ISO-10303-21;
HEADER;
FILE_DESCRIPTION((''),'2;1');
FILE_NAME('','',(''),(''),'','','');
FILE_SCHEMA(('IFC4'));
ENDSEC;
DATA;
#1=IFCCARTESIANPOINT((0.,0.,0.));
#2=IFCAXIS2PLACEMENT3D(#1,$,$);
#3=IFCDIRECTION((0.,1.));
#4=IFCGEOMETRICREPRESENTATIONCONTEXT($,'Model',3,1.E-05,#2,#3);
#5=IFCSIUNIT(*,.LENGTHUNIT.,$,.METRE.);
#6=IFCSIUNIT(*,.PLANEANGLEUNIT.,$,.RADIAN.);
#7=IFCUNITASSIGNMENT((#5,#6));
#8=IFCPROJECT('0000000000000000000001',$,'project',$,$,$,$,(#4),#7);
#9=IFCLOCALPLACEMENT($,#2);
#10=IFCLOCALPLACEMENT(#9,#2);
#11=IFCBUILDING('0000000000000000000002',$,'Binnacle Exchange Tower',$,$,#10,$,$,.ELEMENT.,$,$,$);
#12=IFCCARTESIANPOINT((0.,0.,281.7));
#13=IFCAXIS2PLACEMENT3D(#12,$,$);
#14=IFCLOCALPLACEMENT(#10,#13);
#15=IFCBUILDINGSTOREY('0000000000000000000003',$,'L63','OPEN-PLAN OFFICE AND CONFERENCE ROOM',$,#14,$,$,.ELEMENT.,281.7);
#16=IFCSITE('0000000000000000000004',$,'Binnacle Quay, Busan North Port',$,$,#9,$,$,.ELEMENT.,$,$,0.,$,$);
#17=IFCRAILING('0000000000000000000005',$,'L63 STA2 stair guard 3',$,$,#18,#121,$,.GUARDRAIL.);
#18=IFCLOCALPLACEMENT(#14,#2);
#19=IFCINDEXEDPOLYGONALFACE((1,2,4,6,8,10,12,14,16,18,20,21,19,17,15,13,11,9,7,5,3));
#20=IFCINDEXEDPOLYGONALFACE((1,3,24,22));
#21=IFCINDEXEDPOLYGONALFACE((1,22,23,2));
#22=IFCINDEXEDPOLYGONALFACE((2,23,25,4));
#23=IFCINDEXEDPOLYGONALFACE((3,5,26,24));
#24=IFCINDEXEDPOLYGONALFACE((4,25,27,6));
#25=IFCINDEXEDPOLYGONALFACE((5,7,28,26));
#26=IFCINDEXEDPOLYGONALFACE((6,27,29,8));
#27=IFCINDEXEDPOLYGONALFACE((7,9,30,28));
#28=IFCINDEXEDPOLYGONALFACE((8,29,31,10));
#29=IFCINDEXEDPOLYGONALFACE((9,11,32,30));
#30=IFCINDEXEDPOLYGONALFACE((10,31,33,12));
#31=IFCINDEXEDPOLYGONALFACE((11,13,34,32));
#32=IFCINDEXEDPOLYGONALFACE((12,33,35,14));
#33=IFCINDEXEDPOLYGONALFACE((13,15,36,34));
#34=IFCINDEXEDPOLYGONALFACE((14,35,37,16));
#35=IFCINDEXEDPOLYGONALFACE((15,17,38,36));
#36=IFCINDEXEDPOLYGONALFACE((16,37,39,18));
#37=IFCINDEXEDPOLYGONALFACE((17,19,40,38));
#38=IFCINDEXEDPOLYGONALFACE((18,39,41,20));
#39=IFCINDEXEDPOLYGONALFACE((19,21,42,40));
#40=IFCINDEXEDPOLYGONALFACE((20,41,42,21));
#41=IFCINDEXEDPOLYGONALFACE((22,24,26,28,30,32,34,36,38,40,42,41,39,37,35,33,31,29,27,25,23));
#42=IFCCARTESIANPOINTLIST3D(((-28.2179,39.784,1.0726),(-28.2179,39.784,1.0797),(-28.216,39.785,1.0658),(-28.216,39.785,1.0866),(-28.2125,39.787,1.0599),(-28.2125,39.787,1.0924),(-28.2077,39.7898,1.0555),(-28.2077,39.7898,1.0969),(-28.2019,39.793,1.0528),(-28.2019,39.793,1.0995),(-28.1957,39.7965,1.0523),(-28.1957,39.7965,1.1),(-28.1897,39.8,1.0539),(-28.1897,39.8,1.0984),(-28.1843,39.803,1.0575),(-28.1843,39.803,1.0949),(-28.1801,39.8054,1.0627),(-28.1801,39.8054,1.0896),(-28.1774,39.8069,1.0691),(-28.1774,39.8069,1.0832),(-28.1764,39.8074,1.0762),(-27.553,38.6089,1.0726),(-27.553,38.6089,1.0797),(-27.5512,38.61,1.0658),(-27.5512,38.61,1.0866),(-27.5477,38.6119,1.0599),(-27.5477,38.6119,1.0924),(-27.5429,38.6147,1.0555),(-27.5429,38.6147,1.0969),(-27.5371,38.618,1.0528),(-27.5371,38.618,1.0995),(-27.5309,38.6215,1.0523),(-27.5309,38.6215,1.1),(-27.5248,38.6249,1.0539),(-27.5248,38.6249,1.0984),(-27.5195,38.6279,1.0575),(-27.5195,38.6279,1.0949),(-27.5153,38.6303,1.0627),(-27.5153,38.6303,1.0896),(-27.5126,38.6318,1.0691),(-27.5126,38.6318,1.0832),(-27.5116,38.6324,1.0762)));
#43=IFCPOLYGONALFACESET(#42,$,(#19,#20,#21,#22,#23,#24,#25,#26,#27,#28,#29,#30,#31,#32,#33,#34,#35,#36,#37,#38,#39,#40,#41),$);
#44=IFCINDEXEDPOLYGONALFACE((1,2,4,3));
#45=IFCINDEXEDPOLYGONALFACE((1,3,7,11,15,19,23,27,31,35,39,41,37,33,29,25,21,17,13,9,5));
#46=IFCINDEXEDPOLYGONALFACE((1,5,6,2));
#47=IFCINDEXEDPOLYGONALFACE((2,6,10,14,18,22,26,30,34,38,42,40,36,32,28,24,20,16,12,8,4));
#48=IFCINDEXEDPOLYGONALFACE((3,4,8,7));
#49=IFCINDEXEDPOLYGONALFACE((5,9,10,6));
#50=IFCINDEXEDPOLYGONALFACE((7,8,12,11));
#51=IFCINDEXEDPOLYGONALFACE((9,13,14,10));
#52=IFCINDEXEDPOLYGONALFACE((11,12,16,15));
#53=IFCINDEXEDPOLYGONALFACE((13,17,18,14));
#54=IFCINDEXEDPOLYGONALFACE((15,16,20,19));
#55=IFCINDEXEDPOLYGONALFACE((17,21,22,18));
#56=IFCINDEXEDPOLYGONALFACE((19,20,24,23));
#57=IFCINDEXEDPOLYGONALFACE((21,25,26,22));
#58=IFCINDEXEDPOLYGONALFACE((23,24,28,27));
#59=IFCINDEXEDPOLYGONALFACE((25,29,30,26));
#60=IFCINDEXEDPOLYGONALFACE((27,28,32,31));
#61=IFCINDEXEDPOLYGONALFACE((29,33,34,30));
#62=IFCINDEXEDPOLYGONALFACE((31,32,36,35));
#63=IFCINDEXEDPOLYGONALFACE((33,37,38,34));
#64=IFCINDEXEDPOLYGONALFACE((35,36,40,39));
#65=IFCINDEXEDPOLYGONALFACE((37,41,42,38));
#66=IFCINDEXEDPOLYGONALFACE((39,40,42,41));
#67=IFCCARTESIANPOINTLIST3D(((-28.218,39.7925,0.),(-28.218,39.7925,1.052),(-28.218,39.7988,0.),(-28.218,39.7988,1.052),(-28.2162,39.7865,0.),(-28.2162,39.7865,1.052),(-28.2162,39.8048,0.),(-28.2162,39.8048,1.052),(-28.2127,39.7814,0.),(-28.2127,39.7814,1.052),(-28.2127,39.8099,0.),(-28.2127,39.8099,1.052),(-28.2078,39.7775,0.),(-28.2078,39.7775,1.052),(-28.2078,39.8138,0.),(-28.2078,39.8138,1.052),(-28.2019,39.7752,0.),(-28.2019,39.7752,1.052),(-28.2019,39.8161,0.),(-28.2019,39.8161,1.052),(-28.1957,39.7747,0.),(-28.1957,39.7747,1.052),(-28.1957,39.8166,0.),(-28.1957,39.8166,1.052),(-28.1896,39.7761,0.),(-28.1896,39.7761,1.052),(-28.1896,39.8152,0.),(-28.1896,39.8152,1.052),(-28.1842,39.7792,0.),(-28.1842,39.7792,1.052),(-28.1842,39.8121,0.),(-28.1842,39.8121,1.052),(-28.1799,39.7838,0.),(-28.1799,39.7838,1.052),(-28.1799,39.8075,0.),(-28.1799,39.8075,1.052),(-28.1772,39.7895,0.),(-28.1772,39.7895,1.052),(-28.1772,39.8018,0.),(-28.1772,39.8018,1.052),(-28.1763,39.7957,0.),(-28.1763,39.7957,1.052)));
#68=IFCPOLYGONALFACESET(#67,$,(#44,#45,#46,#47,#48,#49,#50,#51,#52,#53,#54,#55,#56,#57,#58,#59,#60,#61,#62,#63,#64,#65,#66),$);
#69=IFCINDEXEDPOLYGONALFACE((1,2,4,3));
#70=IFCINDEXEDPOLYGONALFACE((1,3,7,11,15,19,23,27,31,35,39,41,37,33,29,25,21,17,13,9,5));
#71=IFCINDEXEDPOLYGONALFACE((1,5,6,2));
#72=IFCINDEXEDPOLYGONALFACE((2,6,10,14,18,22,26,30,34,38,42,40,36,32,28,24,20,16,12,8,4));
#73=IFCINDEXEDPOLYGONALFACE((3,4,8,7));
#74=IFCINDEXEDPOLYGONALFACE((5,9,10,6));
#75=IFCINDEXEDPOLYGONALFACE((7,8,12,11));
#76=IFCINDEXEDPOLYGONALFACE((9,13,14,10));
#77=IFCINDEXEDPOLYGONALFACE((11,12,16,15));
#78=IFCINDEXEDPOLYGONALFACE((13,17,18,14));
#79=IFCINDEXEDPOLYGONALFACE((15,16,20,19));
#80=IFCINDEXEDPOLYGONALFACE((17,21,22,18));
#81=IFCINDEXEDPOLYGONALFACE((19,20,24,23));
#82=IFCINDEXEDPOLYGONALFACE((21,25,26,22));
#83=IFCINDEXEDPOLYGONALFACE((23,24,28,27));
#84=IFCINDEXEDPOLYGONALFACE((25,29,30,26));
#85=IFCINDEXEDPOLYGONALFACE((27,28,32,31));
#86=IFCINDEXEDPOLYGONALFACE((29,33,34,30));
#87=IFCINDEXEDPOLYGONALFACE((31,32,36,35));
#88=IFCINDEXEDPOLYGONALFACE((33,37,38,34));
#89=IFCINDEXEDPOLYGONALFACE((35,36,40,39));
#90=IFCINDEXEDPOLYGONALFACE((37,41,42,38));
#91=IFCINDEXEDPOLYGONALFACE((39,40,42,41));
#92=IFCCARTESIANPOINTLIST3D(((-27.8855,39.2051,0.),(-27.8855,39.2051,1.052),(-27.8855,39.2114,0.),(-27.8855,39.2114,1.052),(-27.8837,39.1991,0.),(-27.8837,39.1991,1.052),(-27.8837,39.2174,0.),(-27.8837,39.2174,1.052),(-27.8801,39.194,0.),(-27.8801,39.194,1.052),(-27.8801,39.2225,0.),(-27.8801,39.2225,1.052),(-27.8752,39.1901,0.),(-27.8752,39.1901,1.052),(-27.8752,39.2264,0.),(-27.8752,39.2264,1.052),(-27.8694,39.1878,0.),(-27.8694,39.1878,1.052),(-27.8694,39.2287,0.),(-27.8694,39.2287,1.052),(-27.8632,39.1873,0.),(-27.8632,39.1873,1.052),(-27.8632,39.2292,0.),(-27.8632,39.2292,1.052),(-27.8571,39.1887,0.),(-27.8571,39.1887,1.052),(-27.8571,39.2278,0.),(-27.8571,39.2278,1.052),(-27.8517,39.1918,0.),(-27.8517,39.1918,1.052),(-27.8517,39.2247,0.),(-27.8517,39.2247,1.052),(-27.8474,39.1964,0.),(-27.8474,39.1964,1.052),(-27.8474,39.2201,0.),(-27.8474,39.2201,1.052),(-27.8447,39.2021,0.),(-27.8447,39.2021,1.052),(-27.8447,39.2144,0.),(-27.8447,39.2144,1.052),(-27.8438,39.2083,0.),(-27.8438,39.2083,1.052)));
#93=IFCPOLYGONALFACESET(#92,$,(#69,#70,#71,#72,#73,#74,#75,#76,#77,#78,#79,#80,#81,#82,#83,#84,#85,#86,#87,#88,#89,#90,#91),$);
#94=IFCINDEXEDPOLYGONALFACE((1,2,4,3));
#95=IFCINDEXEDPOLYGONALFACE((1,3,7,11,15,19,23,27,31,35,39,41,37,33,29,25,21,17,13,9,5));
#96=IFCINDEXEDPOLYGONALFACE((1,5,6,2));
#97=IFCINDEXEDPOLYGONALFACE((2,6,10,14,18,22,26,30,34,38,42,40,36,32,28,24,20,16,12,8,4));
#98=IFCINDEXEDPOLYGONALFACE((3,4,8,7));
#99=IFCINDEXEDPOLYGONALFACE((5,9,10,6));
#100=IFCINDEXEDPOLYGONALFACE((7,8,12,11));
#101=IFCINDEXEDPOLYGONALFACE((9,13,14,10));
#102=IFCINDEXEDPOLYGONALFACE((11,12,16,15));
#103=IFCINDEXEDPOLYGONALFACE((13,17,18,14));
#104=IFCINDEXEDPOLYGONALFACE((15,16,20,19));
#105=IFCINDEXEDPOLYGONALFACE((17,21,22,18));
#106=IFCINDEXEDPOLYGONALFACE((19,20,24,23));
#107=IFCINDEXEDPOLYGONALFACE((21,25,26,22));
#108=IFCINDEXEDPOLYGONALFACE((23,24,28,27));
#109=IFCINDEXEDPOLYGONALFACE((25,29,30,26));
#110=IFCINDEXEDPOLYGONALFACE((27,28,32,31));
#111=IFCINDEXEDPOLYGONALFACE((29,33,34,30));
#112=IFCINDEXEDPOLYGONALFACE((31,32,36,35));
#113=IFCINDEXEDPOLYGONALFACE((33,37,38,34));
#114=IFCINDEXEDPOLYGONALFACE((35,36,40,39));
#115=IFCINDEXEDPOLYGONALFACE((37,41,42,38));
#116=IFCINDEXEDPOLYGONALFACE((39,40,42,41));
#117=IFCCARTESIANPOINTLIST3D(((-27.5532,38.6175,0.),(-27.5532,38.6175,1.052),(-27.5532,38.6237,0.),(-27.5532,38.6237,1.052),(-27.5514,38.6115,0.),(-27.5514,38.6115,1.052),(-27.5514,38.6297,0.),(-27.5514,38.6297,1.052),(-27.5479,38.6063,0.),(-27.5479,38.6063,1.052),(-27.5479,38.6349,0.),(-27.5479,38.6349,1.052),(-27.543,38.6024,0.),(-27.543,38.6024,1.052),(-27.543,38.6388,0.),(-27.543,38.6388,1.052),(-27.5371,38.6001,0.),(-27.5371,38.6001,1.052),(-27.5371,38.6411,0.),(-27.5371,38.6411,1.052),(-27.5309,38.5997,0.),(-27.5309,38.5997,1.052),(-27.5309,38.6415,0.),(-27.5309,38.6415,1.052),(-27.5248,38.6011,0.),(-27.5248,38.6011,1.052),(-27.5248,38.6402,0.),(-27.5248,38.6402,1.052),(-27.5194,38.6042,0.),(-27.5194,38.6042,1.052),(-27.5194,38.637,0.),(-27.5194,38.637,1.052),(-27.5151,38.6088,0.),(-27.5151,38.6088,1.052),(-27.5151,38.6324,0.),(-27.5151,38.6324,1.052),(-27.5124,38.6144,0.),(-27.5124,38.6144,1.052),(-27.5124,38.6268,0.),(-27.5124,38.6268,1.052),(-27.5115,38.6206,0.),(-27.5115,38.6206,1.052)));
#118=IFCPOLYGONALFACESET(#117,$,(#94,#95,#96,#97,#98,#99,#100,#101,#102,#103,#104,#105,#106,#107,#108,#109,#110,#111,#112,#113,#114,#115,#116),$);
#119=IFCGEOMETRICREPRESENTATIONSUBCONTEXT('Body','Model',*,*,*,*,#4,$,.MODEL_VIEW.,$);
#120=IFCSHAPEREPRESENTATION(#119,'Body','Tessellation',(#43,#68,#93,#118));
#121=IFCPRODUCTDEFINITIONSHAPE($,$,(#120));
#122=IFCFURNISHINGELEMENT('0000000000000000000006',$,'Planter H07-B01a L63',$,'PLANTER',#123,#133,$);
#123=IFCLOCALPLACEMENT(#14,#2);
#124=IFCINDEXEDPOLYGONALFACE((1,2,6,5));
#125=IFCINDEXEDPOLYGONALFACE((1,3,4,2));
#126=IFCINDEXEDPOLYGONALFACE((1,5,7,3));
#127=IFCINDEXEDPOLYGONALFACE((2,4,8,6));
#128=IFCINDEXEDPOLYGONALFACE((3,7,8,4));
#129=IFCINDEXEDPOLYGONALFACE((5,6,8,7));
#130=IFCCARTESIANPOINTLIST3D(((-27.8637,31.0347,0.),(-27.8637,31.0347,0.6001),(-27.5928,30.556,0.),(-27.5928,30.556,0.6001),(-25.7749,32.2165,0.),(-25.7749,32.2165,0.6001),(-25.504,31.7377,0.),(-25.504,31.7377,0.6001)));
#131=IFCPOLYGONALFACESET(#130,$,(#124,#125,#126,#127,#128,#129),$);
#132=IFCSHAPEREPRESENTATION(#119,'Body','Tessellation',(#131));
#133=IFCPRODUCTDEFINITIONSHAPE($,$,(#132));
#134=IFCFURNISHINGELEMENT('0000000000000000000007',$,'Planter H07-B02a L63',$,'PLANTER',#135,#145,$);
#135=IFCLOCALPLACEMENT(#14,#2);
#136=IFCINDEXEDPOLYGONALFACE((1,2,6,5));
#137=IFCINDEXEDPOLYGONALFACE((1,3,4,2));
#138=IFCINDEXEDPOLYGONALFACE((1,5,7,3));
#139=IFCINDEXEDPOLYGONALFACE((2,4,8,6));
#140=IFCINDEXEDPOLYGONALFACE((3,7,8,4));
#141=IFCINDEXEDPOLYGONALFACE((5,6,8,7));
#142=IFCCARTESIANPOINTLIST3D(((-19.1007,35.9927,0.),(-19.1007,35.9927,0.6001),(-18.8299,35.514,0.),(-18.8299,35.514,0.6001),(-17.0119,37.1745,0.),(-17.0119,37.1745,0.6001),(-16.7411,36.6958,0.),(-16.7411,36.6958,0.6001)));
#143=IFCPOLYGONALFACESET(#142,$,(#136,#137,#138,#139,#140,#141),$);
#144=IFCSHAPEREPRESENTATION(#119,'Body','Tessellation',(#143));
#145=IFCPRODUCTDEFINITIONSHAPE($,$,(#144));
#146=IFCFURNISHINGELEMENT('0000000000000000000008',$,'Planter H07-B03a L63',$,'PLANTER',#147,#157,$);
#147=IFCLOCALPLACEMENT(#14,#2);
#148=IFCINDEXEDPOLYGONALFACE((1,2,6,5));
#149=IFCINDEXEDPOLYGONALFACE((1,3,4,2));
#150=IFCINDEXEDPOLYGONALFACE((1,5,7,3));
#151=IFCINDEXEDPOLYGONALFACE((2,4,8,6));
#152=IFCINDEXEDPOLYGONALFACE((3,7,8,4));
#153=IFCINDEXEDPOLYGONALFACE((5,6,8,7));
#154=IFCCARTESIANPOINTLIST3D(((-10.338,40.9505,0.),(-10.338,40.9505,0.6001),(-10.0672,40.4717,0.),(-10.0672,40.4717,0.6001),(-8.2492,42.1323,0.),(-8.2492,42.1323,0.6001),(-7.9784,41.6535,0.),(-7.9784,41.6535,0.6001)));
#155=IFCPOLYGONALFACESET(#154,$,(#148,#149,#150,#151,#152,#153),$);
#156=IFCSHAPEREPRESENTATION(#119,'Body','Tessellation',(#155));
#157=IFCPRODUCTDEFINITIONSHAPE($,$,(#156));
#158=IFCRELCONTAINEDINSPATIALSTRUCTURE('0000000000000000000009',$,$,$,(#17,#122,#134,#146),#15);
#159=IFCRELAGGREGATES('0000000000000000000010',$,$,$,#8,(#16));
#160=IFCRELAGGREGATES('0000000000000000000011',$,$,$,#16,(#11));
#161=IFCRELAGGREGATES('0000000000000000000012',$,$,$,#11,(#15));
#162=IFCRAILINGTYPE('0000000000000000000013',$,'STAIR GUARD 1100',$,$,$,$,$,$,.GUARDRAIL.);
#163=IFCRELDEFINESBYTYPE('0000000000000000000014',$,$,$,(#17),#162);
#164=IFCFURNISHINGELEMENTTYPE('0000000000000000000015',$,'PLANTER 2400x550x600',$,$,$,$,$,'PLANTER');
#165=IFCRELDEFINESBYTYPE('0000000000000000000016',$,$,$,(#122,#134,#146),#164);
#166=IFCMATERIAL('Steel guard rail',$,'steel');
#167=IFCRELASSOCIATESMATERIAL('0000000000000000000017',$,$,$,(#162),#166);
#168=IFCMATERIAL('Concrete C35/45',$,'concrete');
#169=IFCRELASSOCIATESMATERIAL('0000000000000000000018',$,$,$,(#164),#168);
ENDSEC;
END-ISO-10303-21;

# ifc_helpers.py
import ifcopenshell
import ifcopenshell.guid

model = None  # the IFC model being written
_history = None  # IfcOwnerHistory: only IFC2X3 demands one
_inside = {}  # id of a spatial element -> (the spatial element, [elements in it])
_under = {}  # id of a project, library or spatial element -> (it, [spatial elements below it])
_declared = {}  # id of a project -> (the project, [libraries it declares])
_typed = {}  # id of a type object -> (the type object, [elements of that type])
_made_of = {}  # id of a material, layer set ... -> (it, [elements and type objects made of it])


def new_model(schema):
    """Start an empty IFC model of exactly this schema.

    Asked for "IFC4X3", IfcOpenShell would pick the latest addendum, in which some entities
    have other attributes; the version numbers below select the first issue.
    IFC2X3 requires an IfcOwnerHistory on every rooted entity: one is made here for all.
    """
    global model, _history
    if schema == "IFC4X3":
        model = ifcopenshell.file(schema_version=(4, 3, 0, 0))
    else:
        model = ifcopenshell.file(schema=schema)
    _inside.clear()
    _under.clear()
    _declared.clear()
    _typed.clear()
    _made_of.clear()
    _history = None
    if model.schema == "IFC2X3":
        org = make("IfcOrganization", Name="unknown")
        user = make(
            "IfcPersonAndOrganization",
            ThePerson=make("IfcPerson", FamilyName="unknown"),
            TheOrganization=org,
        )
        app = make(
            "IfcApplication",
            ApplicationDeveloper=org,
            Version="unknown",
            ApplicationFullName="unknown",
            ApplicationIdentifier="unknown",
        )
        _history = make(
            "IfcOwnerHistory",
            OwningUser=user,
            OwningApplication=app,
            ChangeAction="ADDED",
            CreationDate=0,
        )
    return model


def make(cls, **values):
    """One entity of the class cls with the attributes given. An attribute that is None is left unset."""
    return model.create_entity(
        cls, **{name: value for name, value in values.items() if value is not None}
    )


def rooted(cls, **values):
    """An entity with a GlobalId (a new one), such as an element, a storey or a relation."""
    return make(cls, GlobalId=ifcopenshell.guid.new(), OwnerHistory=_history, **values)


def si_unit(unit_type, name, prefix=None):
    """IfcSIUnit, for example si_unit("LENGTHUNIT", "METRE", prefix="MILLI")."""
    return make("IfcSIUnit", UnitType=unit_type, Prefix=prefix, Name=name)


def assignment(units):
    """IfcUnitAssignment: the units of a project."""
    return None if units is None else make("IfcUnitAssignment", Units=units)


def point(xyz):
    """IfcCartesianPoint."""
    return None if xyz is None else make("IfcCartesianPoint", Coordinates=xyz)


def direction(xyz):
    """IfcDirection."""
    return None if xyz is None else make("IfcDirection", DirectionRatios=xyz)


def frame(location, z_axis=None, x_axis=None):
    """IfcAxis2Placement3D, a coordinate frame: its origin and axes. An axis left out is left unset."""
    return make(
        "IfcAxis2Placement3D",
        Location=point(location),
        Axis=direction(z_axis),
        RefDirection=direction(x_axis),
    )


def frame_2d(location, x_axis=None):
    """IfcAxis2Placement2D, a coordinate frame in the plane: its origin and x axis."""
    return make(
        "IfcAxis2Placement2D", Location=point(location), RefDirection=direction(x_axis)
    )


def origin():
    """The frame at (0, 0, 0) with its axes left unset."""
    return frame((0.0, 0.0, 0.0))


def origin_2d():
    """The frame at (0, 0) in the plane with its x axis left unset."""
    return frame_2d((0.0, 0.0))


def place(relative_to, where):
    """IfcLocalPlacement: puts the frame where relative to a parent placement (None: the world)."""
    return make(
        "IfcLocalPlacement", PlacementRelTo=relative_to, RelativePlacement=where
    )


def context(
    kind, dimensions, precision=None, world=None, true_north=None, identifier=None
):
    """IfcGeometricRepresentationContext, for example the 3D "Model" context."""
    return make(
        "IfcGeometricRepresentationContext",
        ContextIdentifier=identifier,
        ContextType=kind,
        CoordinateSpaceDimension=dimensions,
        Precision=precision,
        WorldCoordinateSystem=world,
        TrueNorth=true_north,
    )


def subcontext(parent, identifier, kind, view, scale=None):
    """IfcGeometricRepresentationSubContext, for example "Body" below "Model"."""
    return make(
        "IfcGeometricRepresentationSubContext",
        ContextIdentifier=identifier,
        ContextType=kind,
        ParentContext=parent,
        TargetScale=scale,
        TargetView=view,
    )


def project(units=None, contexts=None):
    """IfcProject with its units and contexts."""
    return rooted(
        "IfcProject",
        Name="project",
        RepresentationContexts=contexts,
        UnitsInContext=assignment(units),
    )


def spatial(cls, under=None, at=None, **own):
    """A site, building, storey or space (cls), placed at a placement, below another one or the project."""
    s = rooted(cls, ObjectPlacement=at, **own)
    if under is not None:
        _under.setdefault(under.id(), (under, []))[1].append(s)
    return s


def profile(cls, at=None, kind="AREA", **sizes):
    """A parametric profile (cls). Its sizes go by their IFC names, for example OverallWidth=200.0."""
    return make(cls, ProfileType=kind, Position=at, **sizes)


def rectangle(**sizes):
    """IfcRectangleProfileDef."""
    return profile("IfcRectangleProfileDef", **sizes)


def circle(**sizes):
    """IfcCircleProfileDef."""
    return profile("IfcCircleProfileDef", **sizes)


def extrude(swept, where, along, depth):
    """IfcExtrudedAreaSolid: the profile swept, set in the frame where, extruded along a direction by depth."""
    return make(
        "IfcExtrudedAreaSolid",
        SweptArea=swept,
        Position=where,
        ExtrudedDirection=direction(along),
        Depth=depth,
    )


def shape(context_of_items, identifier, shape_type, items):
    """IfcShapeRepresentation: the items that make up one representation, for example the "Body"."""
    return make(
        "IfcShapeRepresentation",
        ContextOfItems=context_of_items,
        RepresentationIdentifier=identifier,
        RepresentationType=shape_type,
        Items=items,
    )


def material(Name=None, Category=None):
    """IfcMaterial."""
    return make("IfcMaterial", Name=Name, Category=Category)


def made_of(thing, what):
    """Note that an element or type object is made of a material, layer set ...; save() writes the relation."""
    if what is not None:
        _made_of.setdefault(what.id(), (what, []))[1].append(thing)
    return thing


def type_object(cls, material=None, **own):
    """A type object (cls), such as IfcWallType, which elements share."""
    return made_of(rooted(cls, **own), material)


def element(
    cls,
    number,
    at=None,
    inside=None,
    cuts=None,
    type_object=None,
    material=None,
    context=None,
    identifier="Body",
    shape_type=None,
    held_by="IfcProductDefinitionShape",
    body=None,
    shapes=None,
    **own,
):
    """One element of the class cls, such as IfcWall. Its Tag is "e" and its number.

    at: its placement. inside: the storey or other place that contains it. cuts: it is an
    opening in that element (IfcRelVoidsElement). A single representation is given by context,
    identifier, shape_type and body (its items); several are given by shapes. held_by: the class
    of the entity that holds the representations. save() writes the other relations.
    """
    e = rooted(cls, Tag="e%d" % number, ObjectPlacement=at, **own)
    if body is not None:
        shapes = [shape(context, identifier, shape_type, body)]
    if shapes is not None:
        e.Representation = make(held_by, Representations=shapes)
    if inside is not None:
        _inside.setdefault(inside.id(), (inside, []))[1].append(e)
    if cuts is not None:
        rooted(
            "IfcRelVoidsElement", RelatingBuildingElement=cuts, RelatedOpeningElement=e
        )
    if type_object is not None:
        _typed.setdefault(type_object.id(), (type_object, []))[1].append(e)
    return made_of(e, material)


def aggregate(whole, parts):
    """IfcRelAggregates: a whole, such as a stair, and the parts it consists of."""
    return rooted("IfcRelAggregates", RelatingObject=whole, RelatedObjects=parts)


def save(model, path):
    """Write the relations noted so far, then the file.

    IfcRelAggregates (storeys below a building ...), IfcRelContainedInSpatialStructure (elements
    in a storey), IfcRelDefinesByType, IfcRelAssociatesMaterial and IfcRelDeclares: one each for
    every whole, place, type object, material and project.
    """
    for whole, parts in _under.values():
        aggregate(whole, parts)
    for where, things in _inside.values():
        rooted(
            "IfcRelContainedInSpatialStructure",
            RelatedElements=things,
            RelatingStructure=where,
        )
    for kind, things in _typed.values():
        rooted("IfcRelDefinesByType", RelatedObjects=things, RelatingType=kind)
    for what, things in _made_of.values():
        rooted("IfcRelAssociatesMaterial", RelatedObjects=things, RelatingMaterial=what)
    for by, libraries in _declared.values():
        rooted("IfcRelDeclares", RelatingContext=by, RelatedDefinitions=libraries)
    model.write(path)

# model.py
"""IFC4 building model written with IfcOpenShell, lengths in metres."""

from ifc_helpers import new_model, si_unit, direction, frame, origin, origin_2d, place, context, subcontext, project, spatial, rectangle, circle, extrude, material, type_object, element, save


model = new_model("IFC4")

# Units and contexts
model_context = context("Model", 3, precision=1e-05, world=origin(), true_north=direction((0.0, 1.0)))
body_context = subcontext(model_context, "Body", "Model", "MODEL_VIEW")
ifc_project = project(units=[si_unit("LENGTHUNIT", "METRE"), si_unit("PLANEANGLEUNIT", "RADIAN")], contexts=[model_context])

# Site, building, storey
site_placement = place(None, origin())
site = spatial("IfcSite", under=ifc_project, at=site_placement, Name="Binnacle Quay, Busan North Port", CompositionType="ELEMENT", RefElevation=0.0)
building_placement = place(site_placement, origin())
building = spatial("IfcBuilding", under=site, at=building_placement, Name="Binnacle Exchange Tower", CompositionType="ELEMENT")
storey_placement = place(building_placement, frame((0.0, 0.0, 281.7)))
storey = spatial("IfcBuildingStorey", under=building, at=storey_placement, Name="L63", Description="OPEN-PLAN OFFICE AND CONFERENCE ROOM", CompositionType="ELEMENT", Elevation=281.7)

# Shared definitions
ifc_material_1 = material(Name="Concrete C35/45", Category="concrete")

# Railing
ifc_material_2 = material(Name="Steel guard rail", Category="steel")
railing_type_1 = type_object("IfcRailingType", Name="STAIR GUARD 1100", PredefinedType="GUARDRAIL", material=ifc_material_2)
railing_1_placement = place(storey_placement, frame((-28.1973, 39.7957, 0.0)))
element("IfcRailing", 1, at=railing_1_placement, inside=storey, type_object=railing_type_1, Name="L63 STA2 stair guard 3", PredefinedType="GUARDRAIL", context=body_context, shape_type="SweptSolid", body=[
    extrude(circle(Radius=0.0239, at=origin_2d()), frame((0.0, 0.0, 1.0762), z_axis=(0.492415, -0.870361, 0.0), x_axis=(0.870361, 0.492415, 0.0)), (0.0, 0.0, 1.0), 1.3501),
    extrude(circle(Radius=0.021, at=origin_2d()), origin(), (0.0, 0.0, 1.0), 1.052),
    extrude(circle(Radius=0.021, at=origin_2d()), frame((0.3325, -0.5874, 0.0)), (0.0, 0.0, 1.0), 1.052),
    extrude(circle(Radius=0.021, at=origin_2d()), frame((0.6648, -1.175, 0.0)), (0.0, 0.0, 1.0), 1.052),
])

# Furnishing elements
furnishing_element_type = type_object("IfcFurnishingElementType", Name="PLANTER 2400x550x600", ElementType="PLANTER", material=ifc_material_1)
for number, where, z_axis, x_axis, name in (
    (2, (-26.6838, 31.3862, 0.0), (0.0, 0.0, 1.0), (0.870356, 0.492424, 0.0), "Planter H07-B01a L63"),
    (3, (-17.9209, 36.3442, 0.0), (0.0, 0.0, 1.0), (0.870356, 0.492424, 0.0), "Planter H07-B02a L63"),
    (4, (-9.1582, 41.302, 0.0), (0.0, 0.0, 1.0), (0.870356, 0.492424, 0.0), "Planter H07-B03a L63"),
):
    element("IfcFurnishingElement", number, at=place(storey_placement, frame(where, z_axis=z_axis, x_axis=x_axis)), inside=storey, type_object=furnishing_element_type, Name=name, ObjectType="PLANTER", context=body_context, shape_type="SweptSolid", body=[
        extrude(rectangle(XDim=2.3999, YDim=0.55, at=origin_2d()), origin(), (0.0, 0.0, 1.0), 0.6001),
    ])

save(model, "model.ifc")
